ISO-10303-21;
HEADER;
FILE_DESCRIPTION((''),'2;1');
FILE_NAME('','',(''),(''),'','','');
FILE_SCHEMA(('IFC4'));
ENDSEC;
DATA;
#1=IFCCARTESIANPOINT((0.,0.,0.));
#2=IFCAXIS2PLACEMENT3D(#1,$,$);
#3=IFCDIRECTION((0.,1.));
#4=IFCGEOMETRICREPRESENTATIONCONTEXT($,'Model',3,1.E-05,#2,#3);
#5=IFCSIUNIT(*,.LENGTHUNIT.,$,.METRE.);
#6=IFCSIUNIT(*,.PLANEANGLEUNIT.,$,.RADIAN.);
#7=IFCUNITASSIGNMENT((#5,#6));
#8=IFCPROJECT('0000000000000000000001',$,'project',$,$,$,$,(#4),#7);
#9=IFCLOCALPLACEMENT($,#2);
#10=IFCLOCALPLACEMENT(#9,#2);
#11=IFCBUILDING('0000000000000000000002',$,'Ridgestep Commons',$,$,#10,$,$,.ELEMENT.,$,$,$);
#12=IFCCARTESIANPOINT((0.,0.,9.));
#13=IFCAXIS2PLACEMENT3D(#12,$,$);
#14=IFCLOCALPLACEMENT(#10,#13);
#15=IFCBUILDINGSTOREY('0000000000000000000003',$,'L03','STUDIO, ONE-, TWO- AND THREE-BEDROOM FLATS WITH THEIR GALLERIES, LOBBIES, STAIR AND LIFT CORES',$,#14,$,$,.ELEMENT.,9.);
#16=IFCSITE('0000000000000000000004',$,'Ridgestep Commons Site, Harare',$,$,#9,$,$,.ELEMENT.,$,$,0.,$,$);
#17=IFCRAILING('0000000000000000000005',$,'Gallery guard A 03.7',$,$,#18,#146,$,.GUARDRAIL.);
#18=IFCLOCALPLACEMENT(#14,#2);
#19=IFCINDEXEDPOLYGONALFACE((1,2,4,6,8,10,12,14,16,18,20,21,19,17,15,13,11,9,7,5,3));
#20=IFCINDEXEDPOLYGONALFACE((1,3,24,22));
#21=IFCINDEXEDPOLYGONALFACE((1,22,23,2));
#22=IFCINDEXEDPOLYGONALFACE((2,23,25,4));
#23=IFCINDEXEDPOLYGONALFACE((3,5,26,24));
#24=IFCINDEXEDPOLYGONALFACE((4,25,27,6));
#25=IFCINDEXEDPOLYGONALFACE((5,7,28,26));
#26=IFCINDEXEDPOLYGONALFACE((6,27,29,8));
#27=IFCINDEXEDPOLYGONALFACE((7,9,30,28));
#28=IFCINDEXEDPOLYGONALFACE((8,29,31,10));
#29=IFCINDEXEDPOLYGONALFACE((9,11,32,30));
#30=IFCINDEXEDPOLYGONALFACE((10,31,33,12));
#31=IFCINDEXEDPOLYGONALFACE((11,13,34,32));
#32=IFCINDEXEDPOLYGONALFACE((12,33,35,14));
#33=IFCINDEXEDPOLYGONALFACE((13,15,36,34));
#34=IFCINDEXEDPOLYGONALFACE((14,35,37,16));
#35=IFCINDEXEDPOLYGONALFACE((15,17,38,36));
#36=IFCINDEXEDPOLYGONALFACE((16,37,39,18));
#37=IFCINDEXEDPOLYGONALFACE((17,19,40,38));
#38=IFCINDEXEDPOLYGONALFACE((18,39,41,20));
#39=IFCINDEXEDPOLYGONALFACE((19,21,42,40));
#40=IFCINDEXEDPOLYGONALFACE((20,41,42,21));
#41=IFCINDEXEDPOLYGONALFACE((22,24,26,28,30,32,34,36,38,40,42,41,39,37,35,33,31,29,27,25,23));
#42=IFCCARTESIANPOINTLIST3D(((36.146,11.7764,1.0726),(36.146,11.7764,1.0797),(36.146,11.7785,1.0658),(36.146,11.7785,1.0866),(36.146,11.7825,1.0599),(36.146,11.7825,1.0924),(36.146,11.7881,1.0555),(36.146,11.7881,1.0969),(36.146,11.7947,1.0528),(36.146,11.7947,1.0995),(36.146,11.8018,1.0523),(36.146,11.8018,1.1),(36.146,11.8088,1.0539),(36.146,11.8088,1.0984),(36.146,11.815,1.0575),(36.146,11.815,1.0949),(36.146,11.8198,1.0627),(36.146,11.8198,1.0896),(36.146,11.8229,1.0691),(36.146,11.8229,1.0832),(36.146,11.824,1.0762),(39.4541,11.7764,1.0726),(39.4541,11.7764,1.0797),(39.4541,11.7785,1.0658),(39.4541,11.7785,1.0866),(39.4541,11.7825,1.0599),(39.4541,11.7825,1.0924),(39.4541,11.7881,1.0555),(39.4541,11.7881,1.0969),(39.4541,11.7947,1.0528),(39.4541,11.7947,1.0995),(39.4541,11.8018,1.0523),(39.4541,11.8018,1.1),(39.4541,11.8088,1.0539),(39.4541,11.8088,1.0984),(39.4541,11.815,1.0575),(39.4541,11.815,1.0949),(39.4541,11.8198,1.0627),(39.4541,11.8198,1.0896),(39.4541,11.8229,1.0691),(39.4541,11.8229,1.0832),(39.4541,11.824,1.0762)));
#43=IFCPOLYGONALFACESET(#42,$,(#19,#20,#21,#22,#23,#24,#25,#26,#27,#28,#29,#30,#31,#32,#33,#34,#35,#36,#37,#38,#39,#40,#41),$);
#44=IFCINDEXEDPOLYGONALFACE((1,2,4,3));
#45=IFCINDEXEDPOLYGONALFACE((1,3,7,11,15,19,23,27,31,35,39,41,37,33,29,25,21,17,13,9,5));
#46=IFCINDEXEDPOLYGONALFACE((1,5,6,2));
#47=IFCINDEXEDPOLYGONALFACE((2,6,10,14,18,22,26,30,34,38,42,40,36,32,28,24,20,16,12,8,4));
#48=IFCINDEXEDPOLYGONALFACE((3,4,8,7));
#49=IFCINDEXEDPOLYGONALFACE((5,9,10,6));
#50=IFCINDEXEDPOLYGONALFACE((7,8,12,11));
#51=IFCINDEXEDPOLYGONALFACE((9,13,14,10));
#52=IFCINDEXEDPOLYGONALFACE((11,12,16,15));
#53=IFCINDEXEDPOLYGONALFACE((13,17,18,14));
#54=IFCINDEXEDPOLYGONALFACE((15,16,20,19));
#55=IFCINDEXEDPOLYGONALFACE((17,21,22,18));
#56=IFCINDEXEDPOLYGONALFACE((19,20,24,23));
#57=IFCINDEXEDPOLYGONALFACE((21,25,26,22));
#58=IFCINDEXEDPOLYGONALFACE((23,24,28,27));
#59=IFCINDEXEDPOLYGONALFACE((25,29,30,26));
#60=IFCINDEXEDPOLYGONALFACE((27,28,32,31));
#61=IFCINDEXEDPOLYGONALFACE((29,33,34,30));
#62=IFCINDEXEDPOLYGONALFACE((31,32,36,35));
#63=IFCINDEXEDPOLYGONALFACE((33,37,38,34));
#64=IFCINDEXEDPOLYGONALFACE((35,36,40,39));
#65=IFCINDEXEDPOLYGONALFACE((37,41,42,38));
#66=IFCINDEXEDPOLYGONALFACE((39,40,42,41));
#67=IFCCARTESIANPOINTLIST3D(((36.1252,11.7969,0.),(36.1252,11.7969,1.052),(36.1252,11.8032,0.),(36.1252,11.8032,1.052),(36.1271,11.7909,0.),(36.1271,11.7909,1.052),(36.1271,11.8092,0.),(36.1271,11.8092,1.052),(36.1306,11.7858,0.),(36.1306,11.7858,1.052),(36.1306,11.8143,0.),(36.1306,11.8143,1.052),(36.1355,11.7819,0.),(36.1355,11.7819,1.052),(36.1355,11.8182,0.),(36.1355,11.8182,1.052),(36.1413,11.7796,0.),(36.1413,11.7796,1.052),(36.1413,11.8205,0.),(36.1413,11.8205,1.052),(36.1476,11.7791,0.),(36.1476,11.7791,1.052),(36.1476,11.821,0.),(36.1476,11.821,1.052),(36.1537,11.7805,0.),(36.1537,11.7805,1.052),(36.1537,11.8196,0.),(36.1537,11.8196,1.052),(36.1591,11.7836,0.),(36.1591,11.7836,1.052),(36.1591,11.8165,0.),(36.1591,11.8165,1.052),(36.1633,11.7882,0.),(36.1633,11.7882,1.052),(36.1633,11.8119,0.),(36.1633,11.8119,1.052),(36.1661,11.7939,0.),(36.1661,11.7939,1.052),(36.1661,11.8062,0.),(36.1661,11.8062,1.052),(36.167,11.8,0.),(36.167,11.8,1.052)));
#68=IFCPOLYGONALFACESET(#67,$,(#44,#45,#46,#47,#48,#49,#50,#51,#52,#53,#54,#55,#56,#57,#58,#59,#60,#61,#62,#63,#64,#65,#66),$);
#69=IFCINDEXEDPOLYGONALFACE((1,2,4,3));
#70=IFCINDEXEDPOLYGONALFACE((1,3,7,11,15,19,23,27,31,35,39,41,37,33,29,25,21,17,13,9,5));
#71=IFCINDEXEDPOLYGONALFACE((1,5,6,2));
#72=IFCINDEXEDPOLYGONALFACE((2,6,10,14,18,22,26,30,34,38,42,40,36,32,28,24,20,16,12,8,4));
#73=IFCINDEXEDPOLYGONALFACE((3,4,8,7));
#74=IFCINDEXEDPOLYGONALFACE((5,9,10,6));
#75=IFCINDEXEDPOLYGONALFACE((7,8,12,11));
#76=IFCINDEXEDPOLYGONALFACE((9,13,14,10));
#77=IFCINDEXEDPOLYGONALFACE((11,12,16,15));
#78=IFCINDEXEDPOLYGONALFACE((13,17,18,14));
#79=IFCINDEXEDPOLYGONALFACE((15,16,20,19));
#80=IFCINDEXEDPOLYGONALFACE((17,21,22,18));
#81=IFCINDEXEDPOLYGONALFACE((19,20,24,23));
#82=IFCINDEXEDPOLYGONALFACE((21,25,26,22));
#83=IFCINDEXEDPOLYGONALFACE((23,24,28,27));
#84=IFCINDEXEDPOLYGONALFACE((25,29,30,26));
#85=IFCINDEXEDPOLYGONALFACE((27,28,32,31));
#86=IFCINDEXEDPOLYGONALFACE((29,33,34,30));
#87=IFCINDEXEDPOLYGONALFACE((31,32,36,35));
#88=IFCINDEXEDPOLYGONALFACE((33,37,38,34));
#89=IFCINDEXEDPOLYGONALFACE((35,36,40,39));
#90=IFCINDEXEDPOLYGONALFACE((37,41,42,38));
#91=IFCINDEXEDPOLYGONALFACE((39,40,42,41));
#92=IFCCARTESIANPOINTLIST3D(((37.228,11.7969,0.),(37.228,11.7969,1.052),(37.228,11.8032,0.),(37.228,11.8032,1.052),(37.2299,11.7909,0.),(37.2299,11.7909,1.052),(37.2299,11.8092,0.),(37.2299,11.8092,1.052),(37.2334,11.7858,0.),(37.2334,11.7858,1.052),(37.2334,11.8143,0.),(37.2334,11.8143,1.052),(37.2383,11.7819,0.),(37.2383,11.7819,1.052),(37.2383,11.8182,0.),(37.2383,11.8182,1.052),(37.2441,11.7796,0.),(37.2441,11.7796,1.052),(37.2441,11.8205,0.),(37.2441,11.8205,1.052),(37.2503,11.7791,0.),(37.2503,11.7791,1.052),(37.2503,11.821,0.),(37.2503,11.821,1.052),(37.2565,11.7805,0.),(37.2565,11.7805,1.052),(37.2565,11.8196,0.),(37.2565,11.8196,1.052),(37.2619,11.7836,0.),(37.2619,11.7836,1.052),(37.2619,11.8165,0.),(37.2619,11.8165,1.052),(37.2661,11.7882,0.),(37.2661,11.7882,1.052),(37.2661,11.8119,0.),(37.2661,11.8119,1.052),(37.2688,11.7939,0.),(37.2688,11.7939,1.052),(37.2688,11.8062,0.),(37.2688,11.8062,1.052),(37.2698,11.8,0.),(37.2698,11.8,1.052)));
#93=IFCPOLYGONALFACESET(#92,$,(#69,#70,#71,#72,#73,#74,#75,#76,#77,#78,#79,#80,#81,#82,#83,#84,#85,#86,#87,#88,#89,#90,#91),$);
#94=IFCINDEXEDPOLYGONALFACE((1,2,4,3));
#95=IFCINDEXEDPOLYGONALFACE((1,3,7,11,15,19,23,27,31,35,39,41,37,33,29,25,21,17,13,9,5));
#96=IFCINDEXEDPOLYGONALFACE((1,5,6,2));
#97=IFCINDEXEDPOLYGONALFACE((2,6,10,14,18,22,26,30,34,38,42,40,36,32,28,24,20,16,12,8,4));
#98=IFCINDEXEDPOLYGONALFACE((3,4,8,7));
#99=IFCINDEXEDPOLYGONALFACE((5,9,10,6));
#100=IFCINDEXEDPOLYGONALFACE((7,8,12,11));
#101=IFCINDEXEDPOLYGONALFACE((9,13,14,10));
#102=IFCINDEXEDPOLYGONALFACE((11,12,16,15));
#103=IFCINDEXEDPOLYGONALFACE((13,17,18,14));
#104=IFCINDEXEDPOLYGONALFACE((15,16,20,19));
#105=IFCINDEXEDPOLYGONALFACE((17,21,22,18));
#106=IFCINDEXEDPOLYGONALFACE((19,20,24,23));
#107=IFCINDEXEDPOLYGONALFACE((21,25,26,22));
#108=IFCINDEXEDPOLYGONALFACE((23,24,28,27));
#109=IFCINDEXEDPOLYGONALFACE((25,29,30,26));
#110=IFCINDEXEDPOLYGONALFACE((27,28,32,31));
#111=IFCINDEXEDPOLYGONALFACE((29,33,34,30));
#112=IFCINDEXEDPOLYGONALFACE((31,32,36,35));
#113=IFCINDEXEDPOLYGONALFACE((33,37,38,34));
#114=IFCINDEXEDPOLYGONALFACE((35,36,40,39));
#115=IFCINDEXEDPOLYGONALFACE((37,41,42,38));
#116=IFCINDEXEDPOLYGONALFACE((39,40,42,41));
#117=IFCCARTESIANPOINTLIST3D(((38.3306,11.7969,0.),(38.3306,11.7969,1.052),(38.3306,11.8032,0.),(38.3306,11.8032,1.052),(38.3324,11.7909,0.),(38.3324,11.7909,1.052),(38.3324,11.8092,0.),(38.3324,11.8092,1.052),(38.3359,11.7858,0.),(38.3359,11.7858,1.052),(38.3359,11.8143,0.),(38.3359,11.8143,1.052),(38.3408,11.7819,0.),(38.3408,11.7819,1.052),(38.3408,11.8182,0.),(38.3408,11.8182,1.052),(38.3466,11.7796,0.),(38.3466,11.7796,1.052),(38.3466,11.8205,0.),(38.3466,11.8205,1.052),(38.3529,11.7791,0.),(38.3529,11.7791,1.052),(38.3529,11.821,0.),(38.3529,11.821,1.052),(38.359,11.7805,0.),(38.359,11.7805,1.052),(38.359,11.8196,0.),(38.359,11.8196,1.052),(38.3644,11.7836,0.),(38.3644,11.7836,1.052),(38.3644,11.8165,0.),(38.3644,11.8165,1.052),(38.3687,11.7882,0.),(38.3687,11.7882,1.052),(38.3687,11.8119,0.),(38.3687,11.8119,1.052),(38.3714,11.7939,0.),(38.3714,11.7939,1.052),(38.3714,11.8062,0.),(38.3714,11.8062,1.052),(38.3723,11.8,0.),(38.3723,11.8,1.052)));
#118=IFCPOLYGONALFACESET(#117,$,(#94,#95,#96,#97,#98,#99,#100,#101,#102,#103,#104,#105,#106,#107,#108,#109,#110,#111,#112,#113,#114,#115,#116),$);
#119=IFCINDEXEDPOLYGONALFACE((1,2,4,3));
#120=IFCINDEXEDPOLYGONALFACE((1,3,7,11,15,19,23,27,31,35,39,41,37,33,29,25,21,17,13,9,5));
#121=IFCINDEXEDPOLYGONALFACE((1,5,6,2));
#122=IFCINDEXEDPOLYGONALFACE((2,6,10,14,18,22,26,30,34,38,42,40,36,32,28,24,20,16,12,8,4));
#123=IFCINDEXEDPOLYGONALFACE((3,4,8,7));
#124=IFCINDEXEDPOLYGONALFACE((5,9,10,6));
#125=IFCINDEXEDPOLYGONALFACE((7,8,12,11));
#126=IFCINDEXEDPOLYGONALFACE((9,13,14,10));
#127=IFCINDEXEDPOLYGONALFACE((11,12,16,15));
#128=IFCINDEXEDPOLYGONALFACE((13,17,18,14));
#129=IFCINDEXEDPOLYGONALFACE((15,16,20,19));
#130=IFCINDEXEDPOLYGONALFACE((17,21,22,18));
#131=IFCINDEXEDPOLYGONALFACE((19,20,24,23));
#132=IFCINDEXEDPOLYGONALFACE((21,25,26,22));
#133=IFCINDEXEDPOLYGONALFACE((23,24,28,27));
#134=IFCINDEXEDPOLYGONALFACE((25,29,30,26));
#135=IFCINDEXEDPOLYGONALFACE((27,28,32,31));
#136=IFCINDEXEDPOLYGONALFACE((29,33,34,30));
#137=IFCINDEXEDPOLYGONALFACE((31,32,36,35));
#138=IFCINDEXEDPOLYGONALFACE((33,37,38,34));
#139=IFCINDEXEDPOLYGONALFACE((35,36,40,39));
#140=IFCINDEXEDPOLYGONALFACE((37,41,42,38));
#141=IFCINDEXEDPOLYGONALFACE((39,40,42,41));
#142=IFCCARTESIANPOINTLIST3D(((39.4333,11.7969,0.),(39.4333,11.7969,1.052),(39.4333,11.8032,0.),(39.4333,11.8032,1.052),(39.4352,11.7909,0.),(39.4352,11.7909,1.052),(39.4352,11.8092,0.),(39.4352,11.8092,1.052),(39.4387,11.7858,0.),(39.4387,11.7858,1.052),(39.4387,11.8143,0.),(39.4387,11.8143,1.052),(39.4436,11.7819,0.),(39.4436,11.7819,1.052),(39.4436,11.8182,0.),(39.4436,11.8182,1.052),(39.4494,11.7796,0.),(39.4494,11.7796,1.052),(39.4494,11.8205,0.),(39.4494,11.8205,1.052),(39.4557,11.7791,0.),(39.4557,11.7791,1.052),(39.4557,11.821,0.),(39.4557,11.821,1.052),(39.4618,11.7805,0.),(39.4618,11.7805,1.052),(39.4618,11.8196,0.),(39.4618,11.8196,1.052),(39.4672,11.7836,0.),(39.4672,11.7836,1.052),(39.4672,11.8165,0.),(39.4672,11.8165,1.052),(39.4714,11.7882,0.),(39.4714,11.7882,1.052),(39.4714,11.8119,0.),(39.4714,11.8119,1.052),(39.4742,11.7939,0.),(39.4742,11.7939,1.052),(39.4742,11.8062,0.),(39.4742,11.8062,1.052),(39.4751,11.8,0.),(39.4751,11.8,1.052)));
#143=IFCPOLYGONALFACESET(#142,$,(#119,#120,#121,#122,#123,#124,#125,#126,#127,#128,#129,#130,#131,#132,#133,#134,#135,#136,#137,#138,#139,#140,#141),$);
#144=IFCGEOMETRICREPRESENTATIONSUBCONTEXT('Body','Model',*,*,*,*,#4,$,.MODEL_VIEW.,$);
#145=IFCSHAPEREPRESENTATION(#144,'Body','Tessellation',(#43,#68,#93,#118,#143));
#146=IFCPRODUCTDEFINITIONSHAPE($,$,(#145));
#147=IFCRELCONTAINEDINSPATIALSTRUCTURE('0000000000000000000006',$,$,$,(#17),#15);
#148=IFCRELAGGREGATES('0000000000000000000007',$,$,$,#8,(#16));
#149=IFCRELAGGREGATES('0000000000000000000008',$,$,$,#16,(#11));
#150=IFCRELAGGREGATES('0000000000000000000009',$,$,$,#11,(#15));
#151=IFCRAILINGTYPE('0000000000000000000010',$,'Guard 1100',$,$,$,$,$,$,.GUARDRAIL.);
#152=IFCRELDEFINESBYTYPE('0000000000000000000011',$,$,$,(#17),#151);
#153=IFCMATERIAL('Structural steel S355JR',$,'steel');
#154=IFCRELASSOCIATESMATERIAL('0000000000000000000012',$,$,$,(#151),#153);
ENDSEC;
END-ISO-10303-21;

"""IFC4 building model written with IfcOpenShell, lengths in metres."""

from ifc_helpers import new_model, si_unit, direction, frame, origin, origin_2d, place, context, subcontext, project, spatial, circle, extrude, material, type_object, element, save


model = new_model("IFC4")

# Units and contexts
model_context = context("Model", 3, precision=1e-05, world=origin(), true_north=direction((0.0, 1.0)))
body_context = subcontext(model_context, "Body", "Model", "MODEL_VIEW")
ifc_project = project(units=[si_unit("LENGTHUNIT", "METRE"), si_unit("PLANEANGLEUNIT", "RADIAN")], contexts=[model_context])

# Site, building, storey
site_placement = place(None, origin())
site = spatial("IfcSite", under=ifc_project, at=site_placement, Name="Ridgestep Commons Site, Harare", CompositionType="ELEMENT", RefElevation=0.0)
building_placement = place(site_placement, origin())
building = spatial("IfcBuilding", under=site, at=building_placement, Name="Ridgestep Commons", CompositionType="ELEMENT")
storey_placement = place(building_placement, frame((0.0, 0.0, 9.0)))
storey = spatial("IfcBuildingStorey", under=building, at=storey_placement, Name="L03", Description="STUDIO, ONE-, TWO- AND THREE-BEDROOM FLATS WITH THEIR GALLERIES, LOBBIES, STAIR AND LIFT CORES", CompositionType="ELEMENT", Elevation=9.0)

# Railing
ifc_material_1 = material(Name="Structural steel S355JR", Category="steel")
railing_type = type_object("IfcRailingType", Name="Guard 1100", PredefinedType="GUARDRAIL", material=ifc_material_1)
for number, where, name in (
    (1, (36.146, 11.8, 0.0), "Gallery guard A 03.7"),
):
    element("IfcRailing", number, at=place(storey_placement, frame(where)), inside=storey, type_object=railing_type, Name=name, PredefinedType="GUARDRAIL", context=body_context, shape_type="SweptSolid", body=[
        extrude(circle(Radius=0.0239, at=origin_2d()), frame((0.0, 0.0, 1.0762), z_axis=(1.0, 0.0, 0.0), x_axis=(0.0, 1.0, 0.0)), (0.0, 0.0, 1.0), 3.3081),
        extrude(circle(Radius=0.021, at=origin_2d()), origin(), (0.0, 0.0, 1.0), 1.052),
        extrude(circle(Radius=0.021, at=origin_2d()), frame((1.1028, 0.0, 0.0)), (0.0, 0.0, 1.0), 1.052),
        extrude(circle(Radius=0.021, at=origin_2d()), frame((2.2053, 0.0, 0.0)), (0.0, 0.0, 1.0), 1.052),
        extrude(circle(Radius=0.021, at=origin_2d()), frame((3.3081, 0.0, 0.0)), (0.0, 0.0, 1.0), 1.052),
    ])

save(model, "model.ifc")
